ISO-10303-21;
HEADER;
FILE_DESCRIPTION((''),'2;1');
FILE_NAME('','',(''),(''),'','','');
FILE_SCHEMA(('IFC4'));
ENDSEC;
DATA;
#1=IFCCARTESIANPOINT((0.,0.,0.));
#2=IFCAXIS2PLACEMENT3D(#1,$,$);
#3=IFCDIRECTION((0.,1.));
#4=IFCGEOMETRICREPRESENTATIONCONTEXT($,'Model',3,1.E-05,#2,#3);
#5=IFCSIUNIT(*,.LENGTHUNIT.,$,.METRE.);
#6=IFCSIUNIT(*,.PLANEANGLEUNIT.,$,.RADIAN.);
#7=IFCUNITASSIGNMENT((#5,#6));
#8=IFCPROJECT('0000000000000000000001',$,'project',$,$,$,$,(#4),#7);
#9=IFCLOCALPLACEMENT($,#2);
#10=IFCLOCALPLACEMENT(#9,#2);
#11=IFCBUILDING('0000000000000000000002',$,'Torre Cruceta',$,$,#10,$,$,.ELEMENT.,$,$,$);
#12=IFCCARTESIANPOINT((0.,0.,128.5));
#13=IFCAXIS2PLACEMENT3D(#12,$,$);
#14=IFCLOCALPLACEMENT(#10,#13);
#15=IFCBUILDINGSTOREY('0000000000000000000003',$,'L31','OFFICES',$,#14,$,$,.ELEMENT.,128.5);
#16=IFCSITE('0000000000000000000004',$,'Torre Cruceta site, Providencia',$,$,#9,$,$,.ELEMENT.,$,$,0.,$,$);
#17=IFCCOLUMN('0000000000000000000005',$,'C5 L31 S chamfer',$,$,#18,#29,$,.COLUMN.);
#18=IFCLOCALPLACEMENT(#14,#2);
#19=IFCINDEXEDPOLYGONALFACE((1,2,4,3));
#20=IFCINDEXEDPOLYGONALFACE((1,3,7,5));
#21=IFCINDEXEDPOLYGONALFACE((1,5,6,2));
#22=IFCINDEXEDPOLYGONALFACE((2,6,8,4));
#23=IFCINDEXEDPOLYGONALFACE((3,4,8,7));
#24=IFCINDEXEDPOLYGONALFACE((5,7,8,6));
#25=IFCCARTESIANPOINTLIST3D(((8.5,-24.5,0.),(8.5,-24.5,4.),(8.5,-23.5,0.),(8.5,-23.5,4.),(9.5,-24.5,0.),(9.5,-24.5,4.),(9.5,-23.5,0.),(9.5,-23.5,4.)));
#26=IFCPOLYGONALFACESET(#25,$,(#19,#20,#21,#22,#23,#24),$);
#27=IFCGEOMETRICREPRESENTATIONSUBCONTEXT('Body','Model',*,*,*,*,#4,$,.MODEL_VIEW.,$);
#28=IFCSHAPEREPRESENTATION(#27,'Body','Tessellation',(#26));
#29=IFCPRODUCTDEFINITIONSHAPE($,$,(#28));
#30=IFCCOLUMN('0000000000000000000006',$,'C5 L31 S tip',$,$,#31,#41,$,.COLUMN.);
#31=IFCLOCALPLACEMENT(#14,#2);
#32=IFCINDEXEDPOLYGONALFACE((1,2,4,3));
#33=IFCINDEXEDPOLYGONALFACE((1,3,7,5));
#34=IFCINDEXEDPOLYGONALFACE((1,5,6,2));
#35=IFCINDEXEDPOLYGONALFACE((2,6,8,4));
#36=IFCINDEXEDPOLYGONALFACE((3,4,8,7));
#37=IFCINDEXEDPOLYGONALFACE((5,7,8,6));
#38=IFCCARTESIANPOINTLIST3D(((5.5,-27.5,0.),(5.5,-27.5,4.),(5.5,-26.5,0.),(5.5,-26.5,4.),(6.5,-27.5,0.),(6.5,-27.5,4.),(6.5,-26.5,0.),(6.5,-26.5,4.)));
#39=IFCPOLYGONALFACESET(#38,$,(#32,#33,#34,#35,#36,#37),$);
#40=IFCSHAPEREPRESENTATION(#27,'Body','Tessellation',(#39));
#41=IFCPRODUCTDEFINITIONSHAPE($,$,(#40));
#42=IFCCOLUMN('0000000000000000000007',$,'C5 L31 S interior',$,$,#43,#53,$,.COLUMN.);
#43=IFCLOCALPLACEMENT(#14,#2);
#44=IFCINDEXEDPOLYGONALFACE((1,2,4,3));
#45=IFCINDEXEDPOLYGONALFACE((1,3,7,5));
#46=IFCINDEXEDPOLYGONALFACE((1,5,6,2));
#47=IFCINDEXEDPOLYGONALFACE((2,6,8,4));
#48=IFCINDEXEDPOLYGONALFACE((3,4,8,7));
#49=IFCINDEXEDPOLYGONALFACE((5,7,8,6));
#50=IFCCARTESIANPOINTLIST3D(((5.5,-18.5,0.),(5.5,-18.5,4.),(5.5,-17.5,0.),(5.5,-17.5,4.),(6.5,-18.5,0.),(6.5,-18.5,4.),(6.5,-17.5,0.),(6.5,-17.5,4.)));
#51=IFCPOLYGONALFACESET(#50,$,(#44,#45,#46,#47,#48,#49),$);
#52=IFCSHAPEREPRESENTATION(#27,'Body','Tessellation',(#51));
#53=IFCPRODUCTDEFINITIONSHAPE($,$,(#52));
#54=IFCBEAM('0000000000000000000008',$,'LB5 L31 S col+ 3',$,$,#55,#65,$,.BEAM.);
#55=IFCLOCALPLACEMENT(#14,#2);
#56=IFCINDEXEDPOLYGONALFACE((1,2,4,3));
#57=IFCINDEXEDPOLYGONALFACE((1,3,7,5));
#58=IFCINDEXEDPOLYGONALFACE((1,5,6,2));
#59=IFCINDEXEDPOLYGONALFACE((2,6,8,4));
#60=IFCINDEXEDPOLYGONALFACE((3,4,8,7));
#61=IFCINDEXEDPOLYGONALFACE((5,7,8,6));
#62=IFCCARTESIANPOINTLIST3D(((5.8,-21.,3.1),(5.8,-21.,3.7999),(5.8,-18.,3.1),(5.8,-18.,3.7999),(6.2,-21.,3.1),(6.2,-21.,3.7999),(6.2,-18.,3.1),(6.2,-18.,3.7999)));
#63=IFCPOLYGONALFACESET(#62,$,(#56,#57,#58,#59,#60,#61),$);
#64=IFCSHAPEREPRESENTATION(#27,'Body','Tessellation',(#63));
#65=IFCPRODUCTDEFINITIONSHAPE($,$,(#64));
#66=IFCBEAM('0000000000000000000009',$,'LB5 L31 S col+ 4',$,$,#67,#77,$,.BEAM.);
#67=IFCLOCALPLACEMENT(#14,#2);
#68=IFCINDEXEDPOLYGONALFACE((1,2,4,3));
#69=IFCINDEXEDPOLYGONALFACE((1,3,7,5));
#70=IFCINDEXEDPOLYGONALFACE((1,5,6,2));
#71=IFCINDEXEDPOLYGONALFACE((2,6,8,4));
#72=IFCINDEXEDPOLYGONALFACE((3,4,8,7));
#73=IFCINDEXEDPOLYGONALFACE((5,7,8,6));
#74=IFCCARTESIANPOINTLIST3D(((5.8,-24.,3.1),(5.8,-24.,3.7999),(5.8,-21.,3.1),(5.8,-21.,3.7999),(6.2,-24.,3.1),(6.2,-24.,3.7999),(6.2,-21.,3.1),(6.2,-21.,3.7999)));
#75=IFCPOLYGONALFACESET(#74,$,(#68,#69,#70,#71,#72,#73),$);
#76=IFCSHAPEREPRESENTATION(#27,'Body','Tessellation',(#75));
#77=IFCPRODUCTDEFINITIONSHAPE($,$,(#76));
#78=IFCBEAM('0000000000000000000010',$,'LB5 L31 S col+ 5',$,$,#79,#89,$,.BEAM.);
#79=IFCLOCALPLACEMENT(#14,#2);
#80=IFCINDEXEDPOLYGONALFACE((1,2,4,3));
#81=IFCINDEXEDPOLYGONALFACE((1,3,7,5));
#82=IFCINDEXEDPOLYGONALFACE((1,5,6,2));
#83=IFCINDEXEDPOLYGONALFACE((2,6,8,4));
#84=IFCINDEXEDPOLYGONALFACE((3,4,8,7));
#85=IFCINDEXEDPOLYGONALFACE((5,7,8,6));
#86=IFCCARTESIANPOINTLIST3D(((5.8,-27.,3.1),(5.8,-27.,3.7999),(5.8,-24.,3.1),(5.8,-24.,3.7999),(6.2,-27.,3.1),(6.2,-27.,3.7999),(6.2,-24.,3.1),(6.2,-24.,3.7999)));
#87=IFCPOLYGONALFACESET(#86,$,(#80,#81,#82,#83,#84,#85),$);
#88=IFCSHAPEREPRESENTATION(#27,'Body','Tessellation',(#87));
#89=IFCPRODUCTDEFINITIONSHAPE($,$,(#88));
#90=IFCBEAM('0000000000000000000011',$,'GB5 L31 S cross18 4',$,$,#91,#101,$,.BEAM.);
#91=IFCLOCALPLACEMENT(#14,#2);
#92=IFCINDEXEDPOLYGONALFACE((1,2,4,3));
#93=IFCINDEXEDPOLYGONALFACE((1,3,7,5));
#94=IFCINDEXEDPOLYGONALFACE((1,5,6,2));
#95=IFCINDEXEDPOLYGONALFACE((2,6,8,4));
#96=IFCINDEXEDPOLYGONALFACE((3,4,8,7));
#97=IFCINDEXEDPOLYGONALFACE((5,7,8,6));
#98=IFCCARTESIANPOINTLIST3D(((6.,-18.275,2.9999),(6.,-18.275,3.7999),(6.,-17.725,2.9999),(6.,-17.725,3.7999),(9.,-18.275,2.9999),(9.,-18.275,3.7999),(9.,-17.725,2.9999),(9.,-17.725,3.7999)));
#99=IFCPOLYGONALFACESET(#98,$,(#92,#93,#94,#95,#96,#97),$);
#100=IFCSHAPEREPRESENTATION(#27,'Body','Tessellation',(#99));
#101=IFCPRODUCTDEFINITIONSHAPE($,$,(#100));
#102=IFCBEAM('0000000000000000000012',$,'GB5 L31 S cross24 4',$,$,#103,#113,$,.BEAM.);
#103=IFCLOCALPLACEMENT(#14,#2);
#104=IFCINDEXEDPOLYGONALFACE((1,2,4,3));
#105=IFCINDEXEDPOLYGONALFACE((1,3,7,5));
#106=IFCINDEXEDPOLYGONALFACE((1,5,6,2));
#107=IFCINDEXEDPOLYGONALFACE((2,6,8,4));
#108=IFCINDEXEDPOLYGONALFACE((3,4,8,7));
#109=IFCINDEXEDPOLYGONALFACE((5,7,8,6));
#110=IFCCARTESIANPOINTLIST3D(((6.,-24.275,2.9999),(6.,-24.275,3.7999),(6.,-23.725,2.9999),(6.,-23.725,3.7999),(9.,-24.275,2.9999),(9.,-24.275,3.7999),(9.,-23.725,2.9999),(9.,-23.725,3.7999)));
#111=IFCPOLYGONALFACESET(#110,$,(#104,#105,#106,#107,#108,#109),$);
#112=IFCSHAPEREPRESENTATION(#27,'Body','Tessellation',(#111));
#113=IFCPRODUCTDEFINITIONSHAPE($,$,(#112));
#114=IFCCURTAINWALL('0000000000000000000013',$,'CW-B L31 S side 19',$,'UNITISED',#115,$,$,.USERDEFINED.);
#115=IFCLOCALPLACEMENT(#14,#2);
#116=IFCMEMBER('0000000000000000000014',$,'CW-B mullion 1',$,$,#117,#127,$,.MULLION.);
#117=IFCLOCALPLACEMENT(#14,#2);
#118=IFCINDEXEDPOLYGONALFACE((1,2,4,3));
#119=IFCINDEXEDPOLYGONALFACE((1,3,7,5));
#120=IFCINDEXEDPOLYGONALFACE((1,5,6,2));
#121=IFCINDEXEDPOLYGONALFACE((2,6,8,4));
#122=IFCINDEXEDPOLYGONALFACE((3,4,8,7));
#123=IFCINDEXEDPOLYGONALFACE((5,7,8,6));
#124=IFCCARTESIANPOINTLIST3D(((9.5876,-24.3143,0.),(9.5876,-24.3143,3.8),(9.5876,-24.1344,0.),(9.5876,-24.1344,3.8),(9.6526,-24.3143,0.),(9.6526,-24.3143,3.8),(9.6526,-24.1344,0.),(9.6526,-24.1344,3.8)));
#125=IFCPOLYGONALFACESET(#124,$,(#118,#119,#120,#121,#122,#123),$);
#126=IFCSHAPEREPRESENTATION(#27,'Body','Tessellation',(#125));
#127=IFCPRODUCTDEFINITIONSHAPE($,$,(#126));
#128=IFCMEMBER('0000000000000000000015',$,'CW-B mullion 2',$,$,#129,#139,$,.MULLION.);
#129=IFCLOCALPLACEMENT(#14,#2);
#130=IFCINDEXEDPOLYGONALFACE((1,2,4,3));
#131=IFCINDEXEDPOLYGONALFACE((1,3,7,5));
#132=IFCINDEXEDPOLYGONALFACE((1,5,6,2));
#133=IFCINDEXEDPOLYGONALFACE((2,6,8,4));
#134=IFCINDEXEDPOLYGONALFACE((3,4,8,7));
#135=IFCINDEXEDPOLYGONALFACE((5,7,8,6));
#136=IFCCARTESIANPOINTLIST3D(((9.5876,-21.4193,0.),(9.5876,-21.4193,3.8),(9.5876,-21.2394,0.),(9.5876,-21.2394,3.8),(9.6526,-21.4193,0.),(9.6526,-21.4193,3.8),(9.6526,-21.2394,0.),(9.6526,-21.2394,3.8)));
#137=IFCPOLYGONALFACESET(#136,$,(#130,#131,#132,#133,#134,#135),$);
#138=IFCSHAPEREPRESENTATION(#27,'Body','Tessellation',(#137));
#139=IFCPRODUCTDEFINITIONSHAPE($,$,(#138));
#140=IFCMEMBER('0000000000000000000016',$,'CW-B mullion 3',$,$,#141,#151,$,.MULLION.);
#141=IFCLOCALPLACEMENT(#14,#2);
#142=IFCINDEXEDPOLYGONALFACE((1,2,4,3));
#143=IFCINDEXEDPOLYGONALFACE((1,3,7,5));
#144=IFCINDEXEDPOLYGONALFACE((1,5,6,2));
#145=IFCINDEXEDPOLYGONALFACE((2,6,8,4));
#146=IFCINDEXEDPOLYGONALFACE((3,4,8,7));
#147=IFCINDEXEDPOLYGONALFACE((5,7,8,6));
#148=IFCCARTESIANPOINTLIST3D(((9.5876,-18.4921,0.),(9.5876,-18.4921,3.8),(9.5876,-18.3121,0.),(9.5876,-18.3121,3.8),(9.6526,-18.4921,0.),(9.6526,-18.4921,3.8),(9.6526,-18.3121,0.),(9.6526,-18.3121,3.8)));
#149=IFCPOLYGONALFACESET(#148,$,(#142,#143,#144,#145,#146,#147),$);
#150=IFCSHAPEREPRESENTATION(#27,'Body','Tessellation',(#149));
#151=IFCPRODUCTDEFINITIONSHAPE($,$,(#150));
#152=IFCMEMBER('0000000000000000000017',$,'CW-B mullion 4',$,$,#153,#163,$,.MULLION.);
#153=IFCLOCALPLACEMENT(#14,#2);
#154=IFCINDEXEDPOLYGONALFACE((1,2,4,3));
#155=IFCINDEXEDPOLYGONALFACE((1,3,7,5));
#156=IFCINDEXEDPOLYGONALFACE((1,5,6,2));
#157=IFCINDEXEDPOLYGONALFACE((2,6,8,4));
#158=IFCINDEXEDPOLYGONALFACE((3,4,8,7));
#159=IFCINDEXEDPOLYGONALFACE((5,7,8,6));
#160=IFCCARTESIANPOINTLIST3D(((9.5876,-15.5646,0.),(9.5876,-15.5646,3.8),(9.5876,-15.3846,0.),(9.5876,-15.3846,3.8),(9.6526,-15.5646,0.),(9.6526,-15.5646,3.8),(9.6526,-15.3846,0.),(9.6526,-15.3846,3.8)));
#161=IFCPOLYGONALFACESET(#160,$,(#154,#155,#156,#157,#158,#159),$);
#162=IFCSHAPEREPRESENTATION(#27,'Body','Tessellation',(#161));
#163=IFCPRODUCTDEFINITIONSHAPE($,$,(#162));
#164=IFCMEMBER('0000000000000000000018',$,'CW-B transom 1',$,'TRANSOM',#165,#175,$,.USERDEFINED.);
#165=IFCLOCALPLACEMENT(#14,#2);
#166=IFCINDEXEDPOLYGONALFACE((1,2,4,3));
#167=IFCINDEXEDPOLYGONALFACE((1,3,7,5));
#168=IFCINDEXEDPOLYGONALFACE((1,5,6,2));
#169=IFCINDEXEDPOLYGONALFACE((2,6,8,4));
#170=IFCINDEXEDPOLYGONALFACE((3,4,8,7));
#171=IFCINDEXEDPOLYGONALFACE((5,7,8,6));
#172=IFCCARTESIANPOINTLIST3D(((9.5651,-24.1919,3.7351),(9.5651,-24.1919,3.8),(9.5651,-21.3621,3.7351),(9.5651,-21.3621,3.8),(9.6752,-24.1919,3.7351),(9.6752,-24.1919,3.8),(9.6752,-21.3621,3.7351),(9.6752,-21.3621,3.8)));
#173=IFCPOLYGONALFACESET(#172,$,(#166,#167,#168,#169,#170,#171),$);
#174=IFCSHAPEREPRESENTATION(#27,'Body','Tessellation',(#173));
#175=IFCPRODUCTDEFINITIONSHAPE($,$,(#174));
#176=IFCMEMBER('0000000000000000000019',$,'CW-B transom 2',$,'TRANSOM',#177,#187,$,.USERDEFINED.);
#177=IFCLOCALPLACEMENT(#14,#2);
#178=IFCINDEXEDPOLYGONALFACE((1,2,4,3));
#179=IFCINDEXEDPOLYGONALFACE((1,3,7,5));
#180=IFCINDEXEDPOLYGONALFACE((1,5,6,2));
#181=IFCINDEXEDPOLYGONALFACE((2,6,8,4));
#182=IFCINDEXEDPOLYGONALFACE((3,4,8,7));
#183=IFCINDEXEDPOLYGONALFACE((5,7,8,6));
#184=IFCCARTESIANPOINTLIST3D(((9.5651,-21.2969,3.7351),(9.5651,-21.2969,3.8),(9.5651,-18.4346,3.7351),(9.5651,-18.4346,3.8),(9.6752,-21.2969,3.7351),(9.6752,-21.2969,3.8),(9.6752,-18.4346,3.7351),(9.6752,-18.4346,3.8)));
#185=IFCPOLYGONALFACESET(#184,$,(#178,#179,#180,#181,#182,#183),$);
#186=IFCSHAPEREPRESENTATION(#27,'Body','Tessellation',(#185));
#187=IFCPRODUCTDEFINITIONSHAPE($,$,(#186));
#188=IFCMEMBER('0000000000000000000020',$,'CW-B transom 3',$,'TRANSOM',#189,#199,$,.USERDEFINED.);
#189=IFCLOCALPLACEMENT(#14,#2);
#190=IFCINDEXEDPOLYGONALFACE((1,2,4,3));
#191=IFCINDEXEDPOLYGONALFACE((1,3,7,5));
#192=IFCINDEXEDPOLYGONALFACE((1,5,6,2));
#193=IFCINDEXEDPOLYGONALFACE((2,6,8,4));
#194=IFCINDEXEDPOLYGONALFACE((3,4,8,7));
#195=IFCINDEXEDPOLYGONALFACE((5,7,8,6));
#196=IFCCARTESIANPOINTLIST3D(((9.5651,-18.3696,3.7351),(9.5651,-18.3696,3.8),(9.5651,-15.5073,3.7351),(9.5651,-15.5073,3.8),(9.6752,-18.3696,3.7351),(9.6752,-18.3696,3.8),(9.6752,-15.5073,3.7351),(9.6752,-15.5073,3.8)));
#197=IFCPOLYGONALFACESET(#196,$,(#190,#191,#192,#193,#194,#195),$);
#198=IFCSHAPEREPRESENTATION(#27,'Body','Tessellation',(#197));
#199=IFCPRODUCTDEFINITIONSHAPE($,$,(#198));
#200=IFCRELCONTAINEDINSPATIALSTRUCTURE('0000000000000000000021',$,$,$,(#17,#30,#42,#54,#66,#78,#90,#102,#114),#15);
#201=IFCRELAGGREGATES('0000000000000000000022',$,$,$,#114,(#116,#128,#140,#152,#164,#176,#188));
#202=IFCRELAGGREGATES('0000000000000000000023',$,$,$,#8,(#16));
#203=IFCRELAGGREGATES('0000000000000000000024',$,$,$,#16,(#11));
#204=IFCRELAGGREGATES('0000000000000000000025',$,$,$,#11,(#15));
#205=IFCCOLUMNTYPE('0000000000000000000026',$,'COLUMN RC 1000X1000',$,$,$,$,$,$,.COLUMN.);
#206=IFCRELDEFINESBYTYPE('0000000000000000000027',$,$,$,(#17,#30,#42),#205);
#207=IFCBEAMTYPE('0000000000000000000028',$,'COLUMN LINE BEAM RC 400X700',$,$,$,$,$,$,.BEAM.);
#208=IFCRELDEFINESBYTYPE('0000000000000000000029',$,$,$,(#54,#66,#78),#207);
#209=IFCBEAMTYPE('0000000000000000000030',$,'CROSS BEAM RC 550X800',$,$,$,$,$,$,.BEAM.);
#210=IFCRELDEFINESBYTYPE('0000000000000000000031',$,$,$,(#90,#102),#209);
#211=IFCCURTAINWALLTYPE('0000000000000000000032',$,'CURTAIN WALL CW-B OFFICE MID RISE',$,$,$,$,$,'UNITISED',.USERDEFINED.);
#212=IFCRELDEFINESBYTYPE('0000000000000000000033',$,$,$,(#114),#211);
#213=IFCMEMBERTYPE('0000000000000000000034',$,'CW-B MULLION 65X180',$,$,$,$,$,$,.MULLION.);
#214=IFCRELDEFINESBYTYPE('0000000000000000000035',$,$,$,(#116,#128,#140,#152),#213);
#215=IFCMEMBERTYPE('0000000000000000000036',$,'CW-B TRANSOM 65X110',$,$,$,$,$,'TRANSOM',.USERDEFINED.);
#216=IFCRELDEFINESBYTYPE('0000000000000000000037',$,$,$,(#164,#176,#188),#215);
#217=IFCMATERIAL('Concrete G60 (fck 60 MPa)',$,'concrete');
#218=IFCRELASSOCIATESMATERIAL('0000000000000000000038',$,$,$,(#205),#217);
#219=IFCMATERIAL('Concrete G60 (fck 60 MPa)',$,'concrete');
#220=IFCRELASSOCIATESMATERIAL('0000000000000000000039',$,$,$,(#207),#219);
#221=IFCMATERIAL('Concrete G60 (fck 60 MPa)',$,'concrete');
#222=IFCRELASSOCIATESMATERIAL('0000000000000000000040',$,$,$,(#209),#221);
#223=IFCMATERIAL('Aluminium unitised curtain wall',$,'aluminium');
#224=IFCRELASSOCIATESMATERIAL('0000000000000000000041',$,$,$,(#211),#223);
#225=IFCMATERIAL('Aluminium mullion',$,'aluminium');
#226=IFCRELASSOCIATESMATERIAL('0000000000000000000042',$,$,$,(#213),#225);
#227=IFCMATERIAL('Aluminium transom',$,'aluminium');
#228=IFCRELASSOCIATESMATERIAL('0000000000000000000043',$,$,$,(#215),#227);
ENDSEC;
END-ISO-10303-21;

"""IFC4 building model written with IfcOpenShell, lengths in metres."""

from ifc_helpers import new_model, si_unit, direction, frame, origin, origin_2d, place, context, subcontext, project, spatial, rectangle, extrude, material, material_profile, profile_set, type_object, element, aggregate, save


model = new_model("IFC4")

# Units and contexts
model_context = context("Model", 3, precision=1e-05, world=origin(), true_north=direction((0.0, 1.0)))
body_context = subcontext(model_context, "Body", "Model", "MODEL_VIEW")
ifc_project = project(units=[si_unit("LENGTHUNIT", "METRE"), si_unit("PLANEANGLEUNIT", "RADIAN")], contexts=[model_context])

# Site, building, storey
site_placement = place(None, origin())
site = spatial("IfcSite", under=ifc_project, at=site_placement, Name="Torre Cruceta site, Providencia", CompositionType="ELEMENT", RefElevation=0.0)
building_placement = place(site_placement, origin())
building = spatial("IfcBuilding", under=site, at=building_placement, Name="Torre Cruceta", CompositionType="ELEMENT")
storey_placement = place(building_placement, frame((0.0, 0.0, 128.5)))
storey = spatial("IfcBuildingStorey", under=building, at=storey_placement, Name="L31", Description="OFFICES", CompositionType="ELEMENT", Elevation=128.5)

# Columns
ifc_material_1 = material(Name="Concrete G60 (fck 60 MPa)", Category="concrete")
ifc_material_profile_1 = material_profile(ifc_material_1, rectangle(XDim=1.0, YDim=1.0, at=origin_2d()), Name="RC 1000X1000")
ifc_profile_set_1 = profile_set([ifc_material_profile_1], Name="Concrete G60 (fck 60 MPa)")
column_type = type_object("IfcColumnType", Name="COLUMN RC 1000X1000", PredefinedType="COLUMN", material=ifc_profile_set_1)
for number, where, z_axis, x_axis, name in (
    (1, (9.0, -24.0, 0.0), (0.0, 0.0, 1.0), (1.0, 0.0, 0.0), "C5 L31 S chamfer"),
    (2, (6.0, -27.0, 0.0), (0.0, 0.0, 1.0), (1.0, 0.0, 0.0), "C5 L31 S tip"),
    (3, (6.0, -18.0, 0.0), (0.0, 0.0, 1.0), (1.0, 0.0, 0.0), "C5 L31 S interior"),
):
    element("IfcColumn", number, at=place(storey_placement, frame(where, z_axis=z_axis, x_axis=x_axis)), inside=storey, type_object=column_type, Name=name, PredefinedType="COLUMN", context=body_context, shape_type="SweptSolid", body=[
        extrude(rectangle(XDim=1.0, YDim=1.0, at=origin_2d()), origin(), (0.0, 0.0, 1.0), 4.0),
    ])

# Beams
ifc_material_2 = material(Name="Concrete G60 (fck 60 MPa)", Category="concrete")
ifc_material_profile_2 = material_profile(ifc_material_2, rectangle(XDim=0.3999, YDim=0.7, at=origin_2d()), Name="RC 400X700")
ifc_profile_set_2 = profile_set([ifc_material_profile_2], Name="Concrete G60 (fck 60 MPa)")
beam_type_1 = type_object("IfcBeamType", Name="COLUMN LINE BEAM RC 400X700", PredefinedType="BEAM", material=ifc_profile_set_2)
for number, where, z_axis, x_axis, name in (
    (4, (6.0, -18.0, 3.45), (0.0, -1.0, 0.0), (1.0, 0.0, 0.0), "LB5 L31 S col+ 3"),
    (5, (6.0, -21.0, 3.45), (0.0, -1.0, 0.0), (1.0, 0.0, 0.0), "LB5 L31 S col+ 4"),
    (6, (6.0, -24.0, 3.45), (0.0, -1.0, 0.0), (1.0, 0.0, 0.0), "LB5 L31 S col+ 5"),
):
    element("IfcBeam", number, at=place(storey_placement, frame(where, z_axis=z_axis, x_axis=x_axis)), inside=storey, type_object=beam_type_1, Name=name, PredefinedType="BEAM", context=body_context, shape_type="SweptSolid", body=[
        extrude(rectangle(XDim=0.3999, YDim=0.7, at=origin_2d()), origin(), (0.0, 0.0, 1.0), 3.0),
    ])
ifc_material_3 = material(Name="Concrete G60 (fck 60 MPa)", Category="concrete")
ifc_material_profile_3 = material_profile(ifc_material_3, rectangle(XDim=0.55, YDim=0.8, at=origin_2d()), Name="RC 550X800")
ifc_profile_set_3 = profile_set([ifc_material_profile_3], Name="Concrete G60 (fck 60 MPa)")
beam_type_2 = type_object("IfcBeamType", Name="CROSS BEAM RC 550X800", PredefinedType="BEAM", material=ifc_profile_set_3)
for number, where, z_axis, x_axis, name in (
    (7, (6.0, -18.0, 3.3999), (1.0, 0.0, 0.0), (0.0, 1.0, 0.0), "GB5 L31 S cross18 4"),
    (8, (6.0, -24.0, 3.3999), (1.0, 0.0, 0.0), (0.0, 1.0, 0.0), "GB5 L31 S cross24 4"),
):
    element("IfcBeam", number, at=place(storey_placement, frame(where, z_axis=z_axis, x_axis=x_axis)), inside=storey, type_object=beam_type_2, Name=name, PredefinedType="BEAM", context=body_context, shape_type="SweptSolid", body=[
        extrude(rectangle(XDim=0.55, YDim=0.8, at=origin_2d()), origin(), (0.0, 0.0, 1.0), 3.0),
    ])

# Curtain wall, members
ifc_material_4 = material(Name="Aluminium unitised curtain wall", Category="aluminium")
curtain_wall_type = type_object("IfcCurtainWallType", Name="CURTAIN WALL CW-B OFFICE MID RISE", ElementType="UNITISED", PredefinedType="USERDEFINED", material=ifc_material_4)
curtain_wall_placement = place(storey_placement, origin())
curtain_wall = element("IfcCurtainWall", 9, at=curtain_wall_placement, inside=storey, type_object=curtain_wall_type, Name="CW-B L31 S side 19", ObjectType="UNITISED", PredefinedType="USERDEFINED")
ifc_material_5 = material(Name="Aluminium mullion", Category="aluminium")
ifc_material_profile_4 = material_profile(ifc_material_5, rectangle(XDim=0.0649, YDim=0.1799, at=origin_2d()), Name="AL 65X180")
ifc_profile_set_4 = profile_set([ifc_material_profile_4], Name="Aluminium mullion")
member_type_1 = type_object("IfcMemberType", Name="CW-B MULLION 65X180", PredefinedType="MULLION", material=ifc_profile_set_4)
member_1_placement = place(storey_placement, frame((9.6201, -24.2244, 0.0), z_axis=(0.0, 0.0, 1.0), x_axis=(-1.0, 0.0, 0.0)))
member_1 = element("IfcMember", 10, at=member_1_placement, type_object=member_type_1, Name="CW-B mullion 1", PredefinedType="MULLION", context=body_context, shape_type="SweptSolid", body=[
    extrude(rectangle(XDim=0.0649, YDim=0.1799, at=origin_2d()), origin(), (0.0, 0.0, 1.0), 3.8),
])
member_2_placement = place(storey_placement, frame((9.6201, -21.3293, 0.0), z_axis=(0.0, 0.0, 1.0), x_axis=(-1.0, 0.0, 0.0)))
member_2 = element("IfcMember", 11, at=member_2_placement, type_object=member_type_1, Name="CW-B mullion 2", PredefinedType="MULLION", context=body_context, shape_type="SweptSolid", body=[
    extrude(rectangle(XDim=0.0649, YDim=0.1799, at=origin_2d()), origin(), (0.0, 0.0, 1.0), 3.8),
])
member_3_placement = place(storey_placement, frame((9.6201, -18.4021, 0.0), z_axis=(0.0, 0.0, 1.0), x_axis=(-1.0, 0.0, 0.0)))
member_3 = element("IfcMember", 12, at=member_3_placement, type_object=member_type_1, Name="CW-B mullion 3", PredefinedType="MULLION", context=body_context, shape_type="SweptSolid", body=[
    extrude(rectangle(XDim=0.0649, YDim=0.1799, at=origin_2d()), origin(), (0.0, 0.0, 1.0), 3.8),
])
member_4_placement = place(storey_placement, frame((9.6201, -15.4746, 0.0), z_axis=(0.0, 0.0, 1.0), x_axis=(-1.0, 0.0, 0.0)))
member_4 = element("IfcMember", 13, at=member_4_placement, type_object=member_type_1, Name="CW-B mullion 4", PredefinedType="MULLION", context=body_context, shape_type="SweptSolid", body=[
    extrude(rectangle(XDim=0.0649, YDim=0.1799, at=origin_2d()), origin(), (0.0, 0.0, 1.0), 3.8),
])
ifc_material_6 = material(Name="Aluminium transom", Category="aluminium")
ifc_material_profile_5 = material_profile(ifc_material_6, rectangle(XDim=0.1101, YDim=0.0649, at=origin_2d()), Name="AL 110X65")
ifc_profile_set_5 = profile_set([ifc_material_profile_5], Name="Aluminium transom")
member_type_2 = type_object("IfcMemberType", Name="CW-B TRANSOM 65X110", ElementType="TRANSOM", PredefinedType="USERDEFINED", material=ifc_profile_set_5)
member_5_placement = place(storey_placement, frame((9.6201, -24.1919, 3.7676), z_axis=(0.0, 1.0, 0.0), x_axis=(-1.0, 0.0, 0.0)))
member_5 = element("IfcMember", 14, at=member_5_placement, type_object=member_type_2, Name="CW-B transom 1", ObjectType="TRANSOM", PredefinedType="USERDEFINED", context=body_context, shape_type="SweptSolid", body=[
    extrude(rectangle(XDim=0.1101, YDim=0.0649, at=origin_2d()), origin(), (0.0, 0.0, 1.0), 2.8298),
])
member_6_placement = place(storey_placement, frame((9.6201, -21.2969, 3.7676), z_axis=(0.0, 1.0, 0.0), x_axis=(-1.0, 0.0, 0.0)))
member_6 = element("IfcMember", 15, at=member_6_placement, type_object=member_type_2, Name="CW-B transom 2", ObjectType="TRANSOM", PredefinedType="USERDEFINED", context=body_context, shape_type="SweptSolid", body=[
    extrude(rectangle(XDim=0.1101, YDim=0.0649, at=origin_2d()), origin(), (0.0, 0.0, 1.0), 2.8623),
])
member_7_placement = place(storey_placement, frame((9.6201, -18.3696, 3.7676), z_axis=(0.0, 1.0, 0.0), x_axis=(-1.0, 0.0, 0.0)))
member_7 = element("IfcMember", 16, at=member_7_placement, type_object=member_type_2, Name="CW-B transom 3", ObjectType="TRANSOM", PredefinedType="USERDEFINED", context=body_context, shape_type="SweptSolid", body=[
    extrude(rectangle(XDim=0.1101, YDim=0.0649, at=origin_2d()), origin(), (0.0, 0.0, 1.0), 2.8623),
])

aggregate(curtain_wall, [member_1, member_2, member_3, member_4, member_5, member_6, member_7])

save(model, "model.ifc")
